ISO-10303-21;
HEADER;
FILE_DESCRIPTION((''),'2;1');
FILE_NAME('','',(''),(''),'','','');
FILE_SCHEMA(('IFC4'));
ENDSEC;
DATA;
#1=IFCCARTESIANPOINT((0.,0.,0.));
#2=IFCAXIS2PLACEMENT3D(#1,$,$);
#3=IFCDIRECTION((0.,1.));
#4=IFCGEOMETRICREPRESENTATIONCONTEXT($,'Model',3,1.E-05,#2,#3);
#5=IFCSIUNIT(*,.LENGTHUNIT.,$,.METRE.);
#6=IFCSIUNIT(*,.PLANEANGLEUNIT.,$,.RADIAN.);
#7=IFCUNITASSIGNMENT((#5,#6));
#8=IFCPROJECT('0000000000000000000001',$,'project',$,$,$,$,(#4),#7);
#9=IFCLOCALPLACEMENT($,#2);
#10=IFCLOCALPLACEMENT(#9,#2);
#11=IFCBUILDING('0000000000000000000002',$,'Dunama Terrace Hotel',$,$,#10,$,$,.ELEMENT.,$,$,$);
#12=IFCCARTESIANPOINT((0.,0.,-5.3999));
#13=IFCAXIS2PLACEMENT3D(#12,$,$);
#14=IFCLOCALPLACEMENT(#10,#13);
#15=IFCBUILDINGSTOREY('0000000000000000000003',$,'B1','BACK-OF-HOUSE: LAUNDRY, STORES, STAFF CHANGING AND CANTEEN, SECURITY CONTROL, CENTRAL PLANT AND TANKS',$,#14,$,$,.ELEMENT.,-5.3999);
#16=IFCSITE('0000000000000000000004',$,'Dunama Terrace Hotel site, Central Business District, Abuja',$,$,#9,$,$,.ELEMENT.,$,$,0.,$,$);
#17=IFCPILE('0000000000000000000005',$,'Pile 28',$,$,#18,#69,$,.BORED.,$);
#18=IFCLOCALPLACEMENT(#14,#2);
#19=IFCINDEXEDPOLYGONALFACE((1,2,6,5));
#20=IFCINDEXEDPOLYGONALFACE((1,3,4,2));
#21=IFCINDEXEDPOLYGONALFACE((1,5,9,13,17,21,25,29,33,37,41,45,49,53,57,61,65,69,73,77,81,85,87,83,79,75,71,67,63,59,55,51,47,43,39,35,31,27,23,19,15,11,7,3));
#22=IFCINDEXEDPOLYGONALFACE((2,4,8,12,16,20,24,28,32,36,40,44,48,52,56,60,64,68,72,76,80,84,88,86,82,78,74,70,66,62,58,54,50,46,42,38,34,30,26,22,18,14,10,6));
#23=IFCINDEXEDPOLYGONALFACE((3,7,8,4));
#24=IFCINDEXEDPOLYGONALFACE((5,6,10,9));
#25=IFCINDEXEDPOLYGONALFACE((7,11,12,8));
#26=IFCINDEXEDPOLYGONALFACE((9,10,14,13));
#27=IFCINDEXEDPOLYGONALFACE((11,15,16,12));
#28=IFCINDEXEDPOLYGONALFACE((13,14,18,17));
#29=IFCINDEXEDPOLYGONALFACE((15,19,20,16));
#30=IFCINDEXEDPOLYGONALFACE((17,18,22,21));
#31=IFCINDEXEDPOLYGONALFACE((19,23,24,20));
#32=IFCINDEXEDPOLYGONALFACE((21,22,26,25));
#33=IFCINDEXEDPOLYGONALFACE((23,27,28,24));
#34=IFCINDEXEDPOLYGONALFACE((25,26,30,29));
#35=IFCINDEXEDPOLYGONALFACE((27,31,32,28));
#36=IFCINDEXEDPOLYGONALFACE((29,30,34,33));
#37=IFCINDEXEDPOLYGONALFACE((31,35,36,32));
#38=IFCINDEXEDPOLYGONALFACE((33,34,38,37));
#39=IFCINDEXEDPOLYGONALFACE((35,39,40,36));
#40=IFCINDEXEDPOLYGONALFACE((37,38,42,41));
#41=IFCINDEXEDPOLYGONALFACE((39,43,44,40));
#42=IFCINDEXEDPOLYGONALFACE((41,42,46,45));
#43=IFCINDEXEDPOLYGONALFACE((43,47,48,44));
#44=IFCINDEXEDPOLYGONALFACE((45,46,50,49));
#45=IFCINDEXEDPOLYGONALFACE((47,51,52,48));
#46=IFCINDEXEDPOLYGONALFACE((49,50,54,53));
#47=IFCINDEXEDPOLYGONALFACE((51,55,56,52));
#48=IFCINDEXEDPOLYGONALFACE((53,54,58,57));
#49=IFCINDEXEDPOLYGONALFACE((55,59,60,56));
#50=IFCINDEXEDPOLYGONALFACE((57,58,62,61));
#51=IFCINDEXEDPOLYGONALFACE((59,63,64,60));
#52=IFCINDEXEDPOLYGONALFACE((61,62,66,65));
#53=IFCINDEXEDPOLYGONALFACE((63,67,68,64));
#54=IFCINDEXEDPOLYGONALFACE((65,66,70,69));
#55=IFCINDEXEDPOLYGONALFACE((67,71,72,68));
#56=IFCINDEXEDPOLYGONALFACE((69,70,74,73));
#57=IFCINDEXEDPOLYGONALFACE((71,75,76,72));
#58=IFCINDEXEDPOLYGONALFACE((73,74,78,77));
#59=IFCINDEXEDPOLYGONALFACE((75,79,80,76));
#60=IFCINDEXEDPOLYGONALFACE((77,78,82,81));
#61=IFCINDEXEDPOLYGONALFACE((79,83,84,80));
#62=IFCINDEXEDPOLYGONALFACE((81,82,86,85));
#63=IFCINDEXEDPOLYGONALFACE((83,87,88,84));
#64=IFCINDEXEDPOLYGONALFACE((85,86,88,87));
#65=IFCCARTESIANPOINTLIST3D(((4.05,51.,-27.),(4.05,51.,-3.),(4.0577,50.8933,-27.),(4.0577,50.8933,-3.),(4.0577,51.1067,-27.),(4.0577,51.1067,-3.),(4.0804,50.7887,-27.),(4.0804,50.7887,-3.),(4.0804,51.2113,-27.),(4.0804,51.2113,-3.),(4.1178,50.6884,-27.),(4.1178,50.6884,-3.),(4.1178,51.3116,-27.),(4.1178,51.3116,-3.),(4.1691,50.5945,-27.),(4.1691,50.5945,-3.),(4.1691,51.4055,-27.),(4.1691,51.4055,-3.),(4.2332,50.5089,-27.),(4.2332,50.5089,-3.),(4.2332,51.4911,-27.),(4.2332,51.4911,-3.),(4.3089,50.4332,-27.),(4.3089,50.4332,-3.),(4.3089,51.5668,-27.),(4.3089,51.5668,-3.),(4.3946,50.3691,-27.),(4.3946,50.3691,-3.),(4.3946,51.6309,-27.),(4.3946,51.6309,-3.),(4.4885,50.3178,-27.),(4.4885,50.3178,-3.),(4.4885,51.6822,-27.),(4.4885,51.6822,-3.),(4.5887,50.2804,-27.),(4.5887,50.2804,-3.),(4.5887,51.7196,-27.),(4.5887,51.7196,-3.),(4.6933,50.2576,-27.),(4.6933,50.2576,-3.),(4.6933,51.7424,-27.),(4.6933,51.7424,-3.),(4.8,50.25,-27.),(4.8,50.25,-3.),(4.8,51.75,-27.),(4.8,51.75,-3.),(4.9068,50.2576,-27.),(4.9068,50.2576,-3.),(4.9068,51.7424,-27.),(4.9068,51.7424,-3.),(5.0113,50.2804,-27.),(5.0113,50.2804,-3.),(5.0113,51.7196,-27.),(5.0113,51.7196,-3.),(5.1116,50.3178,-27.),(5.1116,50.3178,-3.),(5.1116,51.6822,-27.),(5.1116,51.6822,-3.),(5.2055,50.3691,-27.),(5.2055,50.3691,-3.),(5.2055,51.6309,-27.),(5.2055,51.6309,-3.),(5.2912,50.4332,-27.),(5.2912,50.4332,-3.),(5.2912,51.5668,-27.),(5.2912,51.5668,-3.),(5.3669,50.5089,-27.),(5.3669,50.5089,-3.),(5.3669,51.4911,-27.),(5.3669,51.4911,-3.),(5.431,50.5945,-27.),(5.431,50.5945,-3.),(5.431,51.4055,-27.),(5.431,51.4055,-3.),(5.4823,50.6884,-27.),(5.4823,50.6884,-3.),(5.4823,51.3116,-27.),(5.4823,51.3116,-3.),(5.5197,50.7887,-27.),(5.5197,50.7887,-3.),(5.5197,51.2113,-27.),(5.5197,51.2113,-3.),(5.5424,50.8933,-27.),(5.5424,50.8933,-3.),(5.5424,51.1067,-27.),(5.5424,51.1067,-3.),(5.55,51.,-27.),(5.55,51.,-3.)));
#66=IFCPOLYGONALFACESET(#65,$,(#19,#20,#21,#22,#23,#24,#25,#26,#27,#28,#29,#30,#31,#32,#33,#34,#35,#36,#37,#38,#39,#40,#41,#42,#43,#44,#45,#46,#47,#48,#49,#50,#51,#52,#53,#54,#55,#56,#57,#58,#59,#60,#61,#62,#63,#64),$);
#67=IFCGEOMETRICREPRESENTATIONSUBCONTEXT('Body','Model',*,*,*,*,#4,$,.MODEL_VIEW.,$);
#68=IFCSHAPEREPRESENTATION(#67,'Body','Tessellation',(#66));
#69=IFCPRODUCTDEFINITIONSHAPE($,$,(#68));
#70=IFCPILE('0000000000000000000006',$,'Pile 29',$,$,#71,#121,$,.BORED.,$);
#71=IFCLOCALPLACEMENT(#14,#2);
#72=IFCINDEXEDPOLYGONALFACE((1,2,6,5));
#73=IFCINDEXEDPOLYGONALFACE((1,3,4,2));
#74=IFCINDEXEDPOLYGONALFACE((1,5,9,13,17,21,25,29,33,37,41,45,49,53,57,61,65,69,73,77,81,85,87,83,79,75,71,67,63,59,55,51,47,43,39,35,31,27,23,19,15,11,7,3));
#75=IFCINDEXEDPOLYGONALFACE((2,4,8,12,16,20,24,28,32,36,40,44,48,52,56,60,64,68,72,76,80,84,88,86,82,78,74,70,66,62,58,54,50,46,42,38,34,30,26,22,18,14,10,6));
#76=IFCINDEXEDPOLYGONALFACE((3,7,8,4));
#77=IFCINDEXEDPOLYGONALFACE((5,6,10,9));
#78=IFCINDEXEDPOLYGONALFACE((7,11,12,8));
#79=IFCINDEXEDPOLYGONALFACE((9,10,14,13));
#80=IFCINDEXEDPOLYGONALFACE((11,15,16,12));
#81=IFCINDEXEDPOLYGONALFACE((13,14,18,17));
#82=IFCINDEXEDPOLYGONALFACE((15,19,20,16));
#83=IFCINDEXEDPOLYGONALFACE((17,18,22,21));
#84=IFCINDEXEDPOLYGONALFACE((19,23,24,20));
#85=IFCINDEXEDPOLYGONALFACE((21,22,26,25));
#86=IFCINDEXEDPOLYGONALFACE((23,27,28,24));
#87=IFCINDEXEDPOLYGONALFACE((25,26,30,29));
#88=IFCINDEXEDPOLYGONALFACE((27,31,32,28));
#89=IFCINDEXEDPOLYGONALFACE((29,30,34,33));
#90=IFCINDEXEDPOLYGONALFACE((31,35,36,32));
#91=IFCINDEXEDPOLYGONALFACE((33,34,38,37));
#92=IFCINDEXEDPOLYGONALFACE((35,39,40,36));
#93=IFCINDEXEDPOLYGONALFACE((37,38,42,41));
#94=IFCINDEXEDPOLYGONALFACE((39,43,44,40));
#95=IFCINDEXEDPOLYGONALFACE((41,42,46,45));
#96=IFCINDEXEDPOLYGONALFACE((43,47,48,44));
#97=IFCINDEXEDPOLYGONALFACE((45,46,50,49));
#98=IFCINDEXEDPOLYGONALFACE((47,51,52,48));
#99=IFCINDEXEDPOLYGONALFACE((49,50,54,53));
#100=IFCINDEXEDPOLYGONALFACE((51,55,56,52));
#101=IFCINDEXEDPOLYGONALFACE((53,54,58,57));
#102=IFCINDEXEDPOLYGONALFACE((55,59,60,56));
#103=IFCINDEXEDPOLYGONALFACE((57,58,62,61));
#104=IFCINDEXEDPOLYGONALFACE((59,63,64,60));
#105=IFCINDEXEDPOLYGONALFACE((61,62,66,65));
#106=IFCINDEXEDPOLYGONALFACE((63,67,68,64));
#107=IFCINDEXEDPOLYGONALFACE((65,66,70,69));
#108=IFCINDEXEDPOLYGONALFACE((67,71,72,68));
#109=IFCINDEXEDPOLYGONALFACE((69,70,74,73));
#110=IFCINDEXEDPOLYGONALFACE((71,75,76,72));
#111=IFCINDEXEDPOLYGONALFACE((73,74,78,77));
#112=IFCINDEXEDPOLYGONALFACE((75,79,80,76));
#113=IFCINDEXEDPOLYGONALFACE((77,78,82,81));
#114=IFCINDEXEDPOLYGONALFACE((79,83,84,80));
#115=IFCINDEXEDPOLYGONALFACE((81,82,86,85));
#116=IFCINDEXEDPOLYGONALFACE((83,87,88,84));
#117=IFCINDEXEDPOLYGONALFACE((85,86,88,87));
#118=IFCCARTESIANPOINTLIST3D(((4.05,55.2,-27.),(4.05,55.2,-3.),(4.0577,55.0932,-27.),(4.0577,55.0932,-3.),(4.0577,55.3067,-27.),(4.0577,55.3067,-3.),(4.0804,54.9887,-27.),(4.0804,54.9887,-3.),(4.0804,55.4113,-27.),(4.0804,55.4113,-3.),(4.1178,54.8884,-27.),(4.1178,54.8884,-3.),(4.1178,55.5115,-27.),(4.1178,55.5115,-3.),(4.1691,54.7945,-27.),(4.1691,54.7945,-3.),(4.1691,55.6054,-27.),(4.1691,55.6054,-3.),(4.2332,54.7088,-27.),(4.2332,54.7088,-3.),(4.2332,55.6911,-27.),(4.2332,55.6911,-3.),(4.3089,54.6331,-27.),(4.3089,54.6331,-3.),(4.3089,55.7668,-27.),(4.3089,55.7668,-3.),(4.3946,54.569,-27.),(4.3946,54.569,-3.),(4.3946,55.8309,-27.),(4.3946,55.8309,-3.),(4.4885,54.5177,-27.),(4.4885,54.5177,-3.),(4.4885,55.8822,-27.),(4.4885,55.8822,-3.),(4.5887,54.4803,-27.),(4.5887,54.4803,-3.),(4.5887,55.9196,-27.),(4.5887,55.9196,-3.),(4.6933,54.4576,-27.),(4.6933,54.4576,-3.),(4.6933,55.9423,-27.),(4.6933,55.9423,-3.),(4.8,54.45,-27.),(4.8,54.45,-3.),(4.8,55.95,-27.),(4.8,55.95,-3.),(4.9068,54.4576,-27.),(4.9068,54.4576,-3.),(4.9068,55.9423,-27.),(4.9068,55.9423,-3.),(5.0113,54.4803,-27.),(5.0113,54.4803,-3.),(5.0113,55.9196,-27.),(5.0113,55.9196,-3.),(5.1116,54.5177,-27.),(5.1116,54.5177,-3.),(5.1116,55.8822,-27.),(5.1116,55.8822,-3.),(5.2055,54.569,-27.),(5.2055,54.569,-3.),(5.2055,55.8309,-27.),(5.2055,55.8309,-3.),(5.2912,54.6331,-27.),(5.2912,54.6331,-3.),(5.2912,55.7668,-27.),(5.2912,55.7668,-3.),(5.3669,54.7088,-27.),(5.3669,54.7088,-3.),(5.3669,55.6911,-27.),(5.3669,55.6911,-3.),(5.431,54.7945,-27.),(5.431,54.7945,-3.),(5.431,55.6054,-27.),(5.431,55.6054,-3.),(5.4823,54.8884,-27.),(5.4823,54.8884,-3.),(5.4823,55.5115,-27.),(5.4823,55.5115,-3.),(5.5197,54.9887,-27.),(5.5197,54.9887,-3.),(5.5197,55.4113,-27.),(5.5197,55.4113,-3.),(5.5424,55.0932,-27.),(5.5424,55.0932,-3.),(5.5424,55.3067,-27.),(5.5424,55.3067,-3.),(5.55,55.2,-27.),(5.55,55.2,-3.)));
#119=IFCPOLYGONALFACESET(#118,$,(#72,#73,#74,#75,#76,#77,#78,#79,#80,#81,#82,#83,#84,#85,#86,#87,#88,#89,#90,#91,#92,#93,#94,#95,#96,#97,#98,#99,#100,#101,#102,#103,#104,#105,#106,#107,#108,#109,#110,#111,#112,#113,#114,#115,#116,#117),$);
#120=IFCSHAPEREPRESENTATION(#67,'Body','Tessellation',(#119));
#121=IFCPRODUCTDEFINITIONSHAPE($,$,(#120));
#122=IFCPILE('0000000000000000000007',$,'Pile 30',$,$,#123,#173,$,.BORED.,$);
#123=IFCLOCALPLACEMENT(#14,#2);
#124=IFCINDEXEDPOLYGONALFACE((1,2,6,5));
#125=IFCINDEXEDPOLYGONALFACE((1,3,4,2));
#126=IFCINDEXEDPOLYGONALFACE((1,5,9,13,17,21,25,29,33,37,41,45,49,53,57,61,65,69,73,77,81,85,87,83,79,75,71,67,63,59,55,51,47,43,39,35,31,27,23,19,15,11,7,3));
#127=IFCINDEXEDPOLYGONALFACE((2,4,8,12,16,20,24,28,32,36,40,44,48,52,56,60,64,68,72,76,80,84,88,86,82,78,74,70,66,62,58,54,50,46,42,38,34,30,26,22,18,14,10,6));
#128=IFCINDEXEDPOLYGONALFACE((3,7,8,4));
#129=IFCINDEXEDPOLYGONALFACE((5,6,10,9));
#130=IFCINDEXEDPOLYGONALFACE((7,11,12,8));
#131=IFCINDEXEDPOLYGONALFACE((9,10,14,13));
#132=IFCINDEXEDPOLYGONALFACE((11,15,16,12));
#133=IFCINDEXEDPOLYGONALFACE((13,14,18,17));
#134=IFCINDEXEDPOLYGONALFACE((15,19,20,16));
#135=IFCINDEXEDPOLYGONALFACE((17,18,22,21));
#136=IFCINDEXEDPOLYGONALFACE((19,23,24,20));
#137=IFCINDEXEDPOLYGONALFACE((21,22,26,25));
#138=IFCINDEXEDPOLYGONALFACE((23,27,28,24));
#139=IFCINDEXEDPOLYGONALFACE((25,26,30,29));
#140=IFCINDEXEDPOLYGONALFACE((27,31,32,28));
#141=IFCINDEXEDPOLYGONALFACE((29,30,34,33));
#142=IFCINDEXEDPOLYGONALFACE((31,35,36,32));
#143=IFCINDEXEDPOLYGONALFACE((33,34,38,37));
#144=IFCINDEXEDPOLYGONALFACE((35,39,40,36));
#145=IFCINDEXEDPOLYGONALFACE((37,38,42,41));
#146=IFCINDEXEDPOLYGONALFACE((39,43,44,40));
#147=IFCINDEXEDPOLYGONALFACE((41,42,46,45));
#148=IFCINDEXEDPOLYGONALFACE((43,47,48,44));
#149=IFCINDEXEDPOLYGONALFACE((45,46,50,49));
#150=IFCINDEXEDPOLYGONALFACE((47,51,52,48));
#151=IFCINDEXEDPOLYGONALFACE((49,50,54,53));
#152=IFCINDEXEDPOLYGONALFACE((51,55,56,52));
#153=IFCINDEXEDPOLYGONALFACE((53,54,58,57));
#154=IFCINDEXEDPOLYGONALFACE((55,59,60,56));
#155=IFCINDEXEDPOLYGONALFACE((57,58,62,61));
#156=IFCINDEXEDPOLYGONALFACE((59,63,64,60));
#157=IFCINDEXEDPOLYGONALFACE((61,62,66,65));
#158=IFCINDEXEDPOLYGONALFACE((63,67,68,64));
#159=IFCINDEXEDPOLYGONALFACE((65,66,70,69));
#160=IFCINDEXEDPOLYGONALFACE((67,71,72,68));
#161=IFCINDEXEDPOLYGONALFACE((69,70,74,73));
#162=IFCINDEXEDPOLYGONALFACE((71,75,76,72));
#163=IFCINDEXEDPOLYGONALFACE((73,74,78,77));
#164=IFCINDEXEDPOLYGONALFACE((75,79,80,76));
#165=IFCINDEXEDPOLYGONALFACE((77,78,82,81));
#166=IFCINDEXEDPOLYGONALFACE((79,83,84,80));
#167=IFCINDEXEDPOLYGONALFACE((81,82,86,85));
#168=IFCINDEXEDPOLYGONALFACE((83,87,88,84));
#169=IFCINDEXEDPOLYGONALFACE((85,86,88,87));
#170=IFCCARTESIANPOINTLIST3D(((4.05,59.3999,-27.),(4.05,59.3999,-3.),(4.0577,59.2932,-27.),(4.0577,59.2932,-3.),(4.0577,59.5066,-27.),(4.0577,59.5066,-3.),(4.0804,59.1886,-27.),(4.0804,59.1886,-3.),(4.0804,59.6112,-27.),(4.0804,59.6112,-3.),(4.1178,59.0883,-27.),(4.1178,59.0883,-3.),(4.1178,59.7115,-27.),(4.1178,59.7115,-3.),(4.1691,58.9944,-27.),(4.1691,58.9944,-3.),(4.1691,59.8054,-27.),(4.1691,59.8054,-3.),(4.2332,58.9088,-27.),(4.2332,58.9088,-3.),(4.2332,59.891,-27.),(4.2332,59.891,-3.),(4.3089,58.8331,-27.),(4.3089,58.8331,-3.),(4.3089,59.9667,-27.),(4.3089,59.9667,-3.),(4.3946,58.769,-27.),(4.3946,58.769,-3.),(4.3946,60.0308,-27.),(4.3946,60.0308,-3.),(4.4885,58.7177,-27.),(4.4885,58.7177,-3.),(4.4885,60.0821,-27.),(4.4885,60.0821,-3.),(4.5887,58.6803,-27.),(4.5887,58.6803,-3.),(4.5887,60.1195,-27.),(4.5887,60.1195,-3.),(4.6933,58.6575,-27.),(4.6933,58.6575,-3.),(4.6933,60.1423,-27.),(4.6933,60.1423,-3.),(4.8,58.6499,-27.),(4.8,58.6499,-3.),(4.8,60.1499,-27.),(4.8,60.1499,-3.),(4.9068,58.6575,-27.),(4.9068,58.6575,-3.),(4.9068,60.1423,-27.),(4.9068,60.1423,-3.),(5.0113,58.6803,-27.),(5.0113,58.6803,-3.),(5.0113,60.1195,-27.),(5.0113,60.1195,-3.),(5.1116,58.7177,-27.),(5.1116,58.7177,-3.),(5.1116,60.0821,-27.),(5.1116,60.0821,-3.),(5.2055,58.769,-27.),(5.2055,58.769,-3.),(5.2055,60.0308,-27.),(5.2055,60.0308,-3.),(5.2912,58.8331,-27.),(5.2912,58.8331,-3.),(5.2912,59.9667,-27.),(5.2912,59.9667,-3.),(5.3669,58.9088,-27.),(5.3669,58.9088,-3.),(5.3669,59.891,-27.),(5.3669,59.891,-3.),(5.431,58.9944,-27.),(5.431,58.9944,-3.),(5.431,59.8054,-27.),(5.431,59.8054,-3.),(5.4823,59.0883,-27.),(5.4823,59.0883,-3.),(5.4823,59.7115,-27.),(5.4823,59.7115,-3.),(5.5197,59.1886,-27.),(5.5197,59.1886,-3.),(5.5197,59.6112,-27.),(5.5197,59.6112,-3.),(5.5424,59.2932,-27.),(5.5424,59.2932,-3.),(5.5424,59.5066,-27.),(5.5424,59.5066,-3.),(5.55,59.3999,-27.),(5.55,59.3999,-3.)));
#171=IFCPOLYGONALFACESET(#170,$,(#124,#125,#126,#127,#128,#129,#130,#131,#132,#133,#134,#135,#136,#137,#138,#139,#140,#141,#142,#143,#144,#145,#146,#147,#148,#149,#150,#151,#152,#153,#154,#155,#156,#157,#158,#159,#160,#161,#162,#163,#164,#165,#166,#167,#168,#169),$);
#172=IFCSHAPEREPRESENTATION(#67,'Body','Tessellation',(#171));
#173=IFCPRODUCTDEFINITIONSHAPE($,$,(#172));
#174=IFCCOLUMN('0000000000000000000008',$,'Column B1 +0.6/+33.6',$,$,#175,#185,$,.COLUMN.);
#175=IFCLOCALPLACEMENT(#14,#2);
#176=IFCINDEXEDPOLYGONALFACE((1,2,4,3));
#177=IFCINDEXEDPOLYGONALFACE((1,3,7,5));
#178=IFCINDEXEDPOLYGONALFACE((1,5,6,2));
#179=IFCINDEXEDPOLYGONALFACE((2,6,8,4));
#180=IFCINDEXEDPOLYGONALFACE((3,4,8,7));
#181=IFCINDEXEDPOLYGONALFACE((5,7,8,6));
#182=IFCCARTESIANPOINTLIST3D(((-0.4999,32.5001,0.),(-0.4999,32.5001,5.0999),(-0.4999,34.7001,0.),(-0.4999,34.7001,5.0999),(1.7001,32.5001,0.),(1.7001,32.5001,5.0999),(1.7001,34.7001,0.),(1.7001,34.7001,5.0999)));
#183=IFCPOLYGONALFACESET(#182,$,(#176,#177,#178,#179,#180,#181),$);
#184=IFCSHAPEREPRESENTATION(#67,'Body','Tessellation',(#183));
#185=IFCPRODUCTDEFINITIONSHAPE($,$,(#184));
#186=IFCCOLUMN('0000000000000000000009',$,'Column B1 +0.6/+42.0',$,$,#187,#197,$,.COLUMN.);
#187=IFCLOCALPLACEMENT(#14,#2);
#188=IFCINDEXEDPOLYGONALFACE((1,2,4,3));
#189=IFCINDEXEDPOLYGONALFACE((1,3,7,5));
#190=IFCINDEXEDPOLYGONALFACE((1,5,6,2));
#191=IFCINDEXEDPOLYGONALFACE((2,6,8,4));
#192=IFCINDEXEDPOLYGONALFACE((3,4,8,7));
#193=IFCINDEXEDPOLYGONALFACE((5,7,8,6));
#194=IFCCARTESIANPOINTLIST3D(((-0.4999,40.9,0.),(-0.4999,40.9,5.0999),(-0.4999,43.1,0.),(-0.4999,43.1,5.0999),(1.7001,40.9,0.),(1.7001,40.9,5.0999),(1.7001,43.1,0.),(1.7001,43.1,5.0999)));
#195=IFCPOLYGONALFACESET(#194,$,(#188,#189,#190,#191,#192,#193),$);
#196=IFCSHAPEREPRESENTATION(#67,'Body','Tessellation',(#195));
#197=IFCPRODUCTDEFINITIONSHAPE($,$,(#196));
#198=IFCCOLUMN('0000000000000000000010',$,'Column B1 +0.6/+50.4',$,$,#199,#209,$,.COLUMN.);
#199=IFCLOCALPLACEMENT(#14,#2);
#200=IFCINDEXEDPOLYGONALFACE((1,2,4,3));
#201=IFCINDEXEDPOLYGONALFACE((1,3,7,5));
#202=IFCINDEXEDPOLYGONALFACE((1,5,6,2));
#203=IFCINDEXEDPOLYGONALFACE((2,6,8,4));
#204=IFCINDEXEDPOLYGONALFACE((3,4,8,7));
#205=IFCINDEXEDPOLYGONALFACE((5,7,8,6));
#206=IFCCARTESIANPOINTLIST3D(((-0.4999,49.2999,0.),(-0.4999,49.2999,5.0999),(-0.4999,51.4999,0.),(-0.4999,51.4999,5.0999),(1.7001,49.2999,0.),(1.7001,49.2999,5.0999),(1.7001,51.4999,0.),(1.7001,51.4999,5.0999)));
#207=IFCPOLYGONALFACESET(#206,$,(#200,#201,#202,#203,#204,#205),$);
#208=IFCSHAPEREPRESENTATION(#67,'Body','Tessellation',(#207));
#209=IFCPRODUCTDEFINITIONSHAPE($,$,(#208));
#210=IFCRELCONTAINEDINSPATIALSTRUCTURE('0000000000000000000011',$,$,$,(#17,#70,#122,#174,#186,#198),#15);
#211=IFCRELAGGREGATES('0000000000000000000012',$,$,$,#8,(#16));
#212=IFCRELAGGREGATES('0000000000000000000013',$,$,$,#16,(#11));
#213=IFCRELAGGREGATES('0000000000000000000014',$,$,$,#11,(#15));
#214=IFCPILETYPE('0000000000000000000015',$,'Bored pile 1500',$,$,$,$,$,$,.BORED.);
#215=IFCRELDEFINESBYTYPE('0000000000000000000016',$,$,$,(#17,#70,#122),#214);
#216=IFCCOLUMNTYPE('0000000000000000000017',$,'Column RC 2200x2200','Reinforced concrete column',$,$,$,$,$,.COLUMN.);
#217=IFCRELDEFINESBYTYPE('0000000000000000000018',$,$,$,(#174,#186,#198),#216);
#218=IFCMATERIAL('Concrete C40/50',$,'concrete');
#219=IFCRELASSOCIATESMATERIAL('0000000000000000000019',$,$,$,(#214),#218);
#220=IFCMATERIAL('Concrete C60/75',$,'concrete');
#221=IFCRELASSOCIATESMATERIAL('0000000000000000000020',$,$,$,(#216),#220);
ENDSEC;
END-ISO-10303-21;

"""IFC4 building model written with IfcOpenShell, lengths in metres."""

from ifc_helpers import new_model, si_unit, direction, frame, origin, origin_2d, place, context, subcontext, project, spatial, rectangle, circle, extrude, material, material_profile, profile_set, type_object, element, save


model = new_model("IFC4")

# Units and contexts
model_context = context("Model", 3, precision=1e-05, world=origin(), true_north=direction((0.0, 1.0)))
body_context = subcontext(model_context, "Body", "Model", "MODEL_VIEW")
ifc_project = project(units=[si_unit("LENGTHUNIT", "METRE"), si_unit("PLANEANGLEUNIT", "RADIAN")], contexts=[model_context])

# Site, building, storey
site_placement = place(None, origin())
site = spatial("IfcSite", under=ifc_project, at=site_placement, Name="Dunama Terrace Hotel site, Central Business District, Abuja", CompositionType="ELEMENT", RefElevation=0.0)
building_placement = place(site_placement, origin())
building = spatial("IfcBuilding", under=site, at=building_placement, Name="Dunama Terrace Hotel", CompositionType="ELEMENT")
storey_placement = place(building_placement, frame((0.0, 0.0, -5.3999)))
storey = spatial("IfcBuildingStorey", under=building, at=storey_placement, Name="B1", Description="BACK-OF-HOUSE: LAUNDRY, STORES, STAFF CHANGING AND CANTEEN, SECURITY CONTROL, CENTRAL PLANT AND TANKS", CompositionType="ELEMENT", Elevation=-5.3999)

# Piles
ifc_material_1 = material(Name="Concrete C40/50", Category="concrete")
ifc_material_profile_1 = material_profile(ifc_material_1, circle(Radius=0.75, at=origin_2d()), Name="PILE D1500")
ifc_profile_set_1 = profile_set([ifc_material_profile_1], Name="Concrete C40/50")
pile_type = type_object("IfcPileType", Name="Bored pile 1500", PredefinedType="BORED", material=ifc_profile_set_1)
for number, where, z_axis, x_axis, name in (
    (1, (4.8, 51.0, -3.0), (0.0, 0.0, -1.0), (1.0, 0.0, 0.0), "Pile 28"),
    (2, (4.8, 55.2, -3.0), (0.0, 0.0, -1.0), (1.0, 0.0, 0.0), "Pile 29"),
    (3, (4.8, 59.3999, -3.0), (0.0, 0.0, -1.0), (1.0, 0.0, 0.0), "Pile 30"),
):
    element("IfcPile", number, at=place(storey_placement, frame(where, z_axis=z_axis, x_axis=x_axis)), inside=storey, type_object=pile_type, Name=name, PredefinedType="BORED", context=body_context, shape_type="SweptSolid", body=[
        extrude(circle(Radius=0.75, at=origin_2d()), origin(), (0.0, 0.0, 1.0), 24.0),
    ])

# Columns
ifc_material_2 = material(Name="Concrete C60/75", Category="concrete")
ifc_material_profile_2 = material_profile(ifc_material_2, rectangle(XDim=2.2, YDim=2.2, at=origin_2d()), Name="RC 2200x2200")
ifc_profile_set_2 = profile_set([ifc_material_profile_2], Name="Concrete C60/75")
column_type_1 = type_object("IfcColumnType", Name="Column RC 2200x2200", Description="Reinforced concrete column", PredefinedType="COLUMN", material=ifc_profile_set_2)
for number, where, z_axis, x_axis, name in (
    (4, (0.6001, 33.6001, 0.0), (0.0, 0.0, 1.0), (1.0, 0.0, 0.0), "Column B1 +0.6/+33.6"),
    (5, (0.6001, 42.0, 0.0), (0.0, 0.0, 1.0), (1.0, 0.0, 0.0), "Column B1 +0.6/+42.0"),
    (6, (0.6001, 50.3999, 0.0), (0.0, 0.0, 1.0), (1.0, 0.0, 0.0), "Column B1 +0.6/+50.4"),
):
    element("IfcColumn", number, at=place(storey_placement, frame(where, z_axis=z_axis, x_axis=x_axis)), inside=storey, type_object=column_type_1, Name=name, PredefinedType="COLUMN", context=body_context, shape_type="SweptSolid", body=[
        extrude(rectangle(XDim=2.2, YDim=2.2, at=origin_2d()), origin(), (0.0, 0.0, 1.0), 5.0999),
    ])

save(model, "model.ifc")
